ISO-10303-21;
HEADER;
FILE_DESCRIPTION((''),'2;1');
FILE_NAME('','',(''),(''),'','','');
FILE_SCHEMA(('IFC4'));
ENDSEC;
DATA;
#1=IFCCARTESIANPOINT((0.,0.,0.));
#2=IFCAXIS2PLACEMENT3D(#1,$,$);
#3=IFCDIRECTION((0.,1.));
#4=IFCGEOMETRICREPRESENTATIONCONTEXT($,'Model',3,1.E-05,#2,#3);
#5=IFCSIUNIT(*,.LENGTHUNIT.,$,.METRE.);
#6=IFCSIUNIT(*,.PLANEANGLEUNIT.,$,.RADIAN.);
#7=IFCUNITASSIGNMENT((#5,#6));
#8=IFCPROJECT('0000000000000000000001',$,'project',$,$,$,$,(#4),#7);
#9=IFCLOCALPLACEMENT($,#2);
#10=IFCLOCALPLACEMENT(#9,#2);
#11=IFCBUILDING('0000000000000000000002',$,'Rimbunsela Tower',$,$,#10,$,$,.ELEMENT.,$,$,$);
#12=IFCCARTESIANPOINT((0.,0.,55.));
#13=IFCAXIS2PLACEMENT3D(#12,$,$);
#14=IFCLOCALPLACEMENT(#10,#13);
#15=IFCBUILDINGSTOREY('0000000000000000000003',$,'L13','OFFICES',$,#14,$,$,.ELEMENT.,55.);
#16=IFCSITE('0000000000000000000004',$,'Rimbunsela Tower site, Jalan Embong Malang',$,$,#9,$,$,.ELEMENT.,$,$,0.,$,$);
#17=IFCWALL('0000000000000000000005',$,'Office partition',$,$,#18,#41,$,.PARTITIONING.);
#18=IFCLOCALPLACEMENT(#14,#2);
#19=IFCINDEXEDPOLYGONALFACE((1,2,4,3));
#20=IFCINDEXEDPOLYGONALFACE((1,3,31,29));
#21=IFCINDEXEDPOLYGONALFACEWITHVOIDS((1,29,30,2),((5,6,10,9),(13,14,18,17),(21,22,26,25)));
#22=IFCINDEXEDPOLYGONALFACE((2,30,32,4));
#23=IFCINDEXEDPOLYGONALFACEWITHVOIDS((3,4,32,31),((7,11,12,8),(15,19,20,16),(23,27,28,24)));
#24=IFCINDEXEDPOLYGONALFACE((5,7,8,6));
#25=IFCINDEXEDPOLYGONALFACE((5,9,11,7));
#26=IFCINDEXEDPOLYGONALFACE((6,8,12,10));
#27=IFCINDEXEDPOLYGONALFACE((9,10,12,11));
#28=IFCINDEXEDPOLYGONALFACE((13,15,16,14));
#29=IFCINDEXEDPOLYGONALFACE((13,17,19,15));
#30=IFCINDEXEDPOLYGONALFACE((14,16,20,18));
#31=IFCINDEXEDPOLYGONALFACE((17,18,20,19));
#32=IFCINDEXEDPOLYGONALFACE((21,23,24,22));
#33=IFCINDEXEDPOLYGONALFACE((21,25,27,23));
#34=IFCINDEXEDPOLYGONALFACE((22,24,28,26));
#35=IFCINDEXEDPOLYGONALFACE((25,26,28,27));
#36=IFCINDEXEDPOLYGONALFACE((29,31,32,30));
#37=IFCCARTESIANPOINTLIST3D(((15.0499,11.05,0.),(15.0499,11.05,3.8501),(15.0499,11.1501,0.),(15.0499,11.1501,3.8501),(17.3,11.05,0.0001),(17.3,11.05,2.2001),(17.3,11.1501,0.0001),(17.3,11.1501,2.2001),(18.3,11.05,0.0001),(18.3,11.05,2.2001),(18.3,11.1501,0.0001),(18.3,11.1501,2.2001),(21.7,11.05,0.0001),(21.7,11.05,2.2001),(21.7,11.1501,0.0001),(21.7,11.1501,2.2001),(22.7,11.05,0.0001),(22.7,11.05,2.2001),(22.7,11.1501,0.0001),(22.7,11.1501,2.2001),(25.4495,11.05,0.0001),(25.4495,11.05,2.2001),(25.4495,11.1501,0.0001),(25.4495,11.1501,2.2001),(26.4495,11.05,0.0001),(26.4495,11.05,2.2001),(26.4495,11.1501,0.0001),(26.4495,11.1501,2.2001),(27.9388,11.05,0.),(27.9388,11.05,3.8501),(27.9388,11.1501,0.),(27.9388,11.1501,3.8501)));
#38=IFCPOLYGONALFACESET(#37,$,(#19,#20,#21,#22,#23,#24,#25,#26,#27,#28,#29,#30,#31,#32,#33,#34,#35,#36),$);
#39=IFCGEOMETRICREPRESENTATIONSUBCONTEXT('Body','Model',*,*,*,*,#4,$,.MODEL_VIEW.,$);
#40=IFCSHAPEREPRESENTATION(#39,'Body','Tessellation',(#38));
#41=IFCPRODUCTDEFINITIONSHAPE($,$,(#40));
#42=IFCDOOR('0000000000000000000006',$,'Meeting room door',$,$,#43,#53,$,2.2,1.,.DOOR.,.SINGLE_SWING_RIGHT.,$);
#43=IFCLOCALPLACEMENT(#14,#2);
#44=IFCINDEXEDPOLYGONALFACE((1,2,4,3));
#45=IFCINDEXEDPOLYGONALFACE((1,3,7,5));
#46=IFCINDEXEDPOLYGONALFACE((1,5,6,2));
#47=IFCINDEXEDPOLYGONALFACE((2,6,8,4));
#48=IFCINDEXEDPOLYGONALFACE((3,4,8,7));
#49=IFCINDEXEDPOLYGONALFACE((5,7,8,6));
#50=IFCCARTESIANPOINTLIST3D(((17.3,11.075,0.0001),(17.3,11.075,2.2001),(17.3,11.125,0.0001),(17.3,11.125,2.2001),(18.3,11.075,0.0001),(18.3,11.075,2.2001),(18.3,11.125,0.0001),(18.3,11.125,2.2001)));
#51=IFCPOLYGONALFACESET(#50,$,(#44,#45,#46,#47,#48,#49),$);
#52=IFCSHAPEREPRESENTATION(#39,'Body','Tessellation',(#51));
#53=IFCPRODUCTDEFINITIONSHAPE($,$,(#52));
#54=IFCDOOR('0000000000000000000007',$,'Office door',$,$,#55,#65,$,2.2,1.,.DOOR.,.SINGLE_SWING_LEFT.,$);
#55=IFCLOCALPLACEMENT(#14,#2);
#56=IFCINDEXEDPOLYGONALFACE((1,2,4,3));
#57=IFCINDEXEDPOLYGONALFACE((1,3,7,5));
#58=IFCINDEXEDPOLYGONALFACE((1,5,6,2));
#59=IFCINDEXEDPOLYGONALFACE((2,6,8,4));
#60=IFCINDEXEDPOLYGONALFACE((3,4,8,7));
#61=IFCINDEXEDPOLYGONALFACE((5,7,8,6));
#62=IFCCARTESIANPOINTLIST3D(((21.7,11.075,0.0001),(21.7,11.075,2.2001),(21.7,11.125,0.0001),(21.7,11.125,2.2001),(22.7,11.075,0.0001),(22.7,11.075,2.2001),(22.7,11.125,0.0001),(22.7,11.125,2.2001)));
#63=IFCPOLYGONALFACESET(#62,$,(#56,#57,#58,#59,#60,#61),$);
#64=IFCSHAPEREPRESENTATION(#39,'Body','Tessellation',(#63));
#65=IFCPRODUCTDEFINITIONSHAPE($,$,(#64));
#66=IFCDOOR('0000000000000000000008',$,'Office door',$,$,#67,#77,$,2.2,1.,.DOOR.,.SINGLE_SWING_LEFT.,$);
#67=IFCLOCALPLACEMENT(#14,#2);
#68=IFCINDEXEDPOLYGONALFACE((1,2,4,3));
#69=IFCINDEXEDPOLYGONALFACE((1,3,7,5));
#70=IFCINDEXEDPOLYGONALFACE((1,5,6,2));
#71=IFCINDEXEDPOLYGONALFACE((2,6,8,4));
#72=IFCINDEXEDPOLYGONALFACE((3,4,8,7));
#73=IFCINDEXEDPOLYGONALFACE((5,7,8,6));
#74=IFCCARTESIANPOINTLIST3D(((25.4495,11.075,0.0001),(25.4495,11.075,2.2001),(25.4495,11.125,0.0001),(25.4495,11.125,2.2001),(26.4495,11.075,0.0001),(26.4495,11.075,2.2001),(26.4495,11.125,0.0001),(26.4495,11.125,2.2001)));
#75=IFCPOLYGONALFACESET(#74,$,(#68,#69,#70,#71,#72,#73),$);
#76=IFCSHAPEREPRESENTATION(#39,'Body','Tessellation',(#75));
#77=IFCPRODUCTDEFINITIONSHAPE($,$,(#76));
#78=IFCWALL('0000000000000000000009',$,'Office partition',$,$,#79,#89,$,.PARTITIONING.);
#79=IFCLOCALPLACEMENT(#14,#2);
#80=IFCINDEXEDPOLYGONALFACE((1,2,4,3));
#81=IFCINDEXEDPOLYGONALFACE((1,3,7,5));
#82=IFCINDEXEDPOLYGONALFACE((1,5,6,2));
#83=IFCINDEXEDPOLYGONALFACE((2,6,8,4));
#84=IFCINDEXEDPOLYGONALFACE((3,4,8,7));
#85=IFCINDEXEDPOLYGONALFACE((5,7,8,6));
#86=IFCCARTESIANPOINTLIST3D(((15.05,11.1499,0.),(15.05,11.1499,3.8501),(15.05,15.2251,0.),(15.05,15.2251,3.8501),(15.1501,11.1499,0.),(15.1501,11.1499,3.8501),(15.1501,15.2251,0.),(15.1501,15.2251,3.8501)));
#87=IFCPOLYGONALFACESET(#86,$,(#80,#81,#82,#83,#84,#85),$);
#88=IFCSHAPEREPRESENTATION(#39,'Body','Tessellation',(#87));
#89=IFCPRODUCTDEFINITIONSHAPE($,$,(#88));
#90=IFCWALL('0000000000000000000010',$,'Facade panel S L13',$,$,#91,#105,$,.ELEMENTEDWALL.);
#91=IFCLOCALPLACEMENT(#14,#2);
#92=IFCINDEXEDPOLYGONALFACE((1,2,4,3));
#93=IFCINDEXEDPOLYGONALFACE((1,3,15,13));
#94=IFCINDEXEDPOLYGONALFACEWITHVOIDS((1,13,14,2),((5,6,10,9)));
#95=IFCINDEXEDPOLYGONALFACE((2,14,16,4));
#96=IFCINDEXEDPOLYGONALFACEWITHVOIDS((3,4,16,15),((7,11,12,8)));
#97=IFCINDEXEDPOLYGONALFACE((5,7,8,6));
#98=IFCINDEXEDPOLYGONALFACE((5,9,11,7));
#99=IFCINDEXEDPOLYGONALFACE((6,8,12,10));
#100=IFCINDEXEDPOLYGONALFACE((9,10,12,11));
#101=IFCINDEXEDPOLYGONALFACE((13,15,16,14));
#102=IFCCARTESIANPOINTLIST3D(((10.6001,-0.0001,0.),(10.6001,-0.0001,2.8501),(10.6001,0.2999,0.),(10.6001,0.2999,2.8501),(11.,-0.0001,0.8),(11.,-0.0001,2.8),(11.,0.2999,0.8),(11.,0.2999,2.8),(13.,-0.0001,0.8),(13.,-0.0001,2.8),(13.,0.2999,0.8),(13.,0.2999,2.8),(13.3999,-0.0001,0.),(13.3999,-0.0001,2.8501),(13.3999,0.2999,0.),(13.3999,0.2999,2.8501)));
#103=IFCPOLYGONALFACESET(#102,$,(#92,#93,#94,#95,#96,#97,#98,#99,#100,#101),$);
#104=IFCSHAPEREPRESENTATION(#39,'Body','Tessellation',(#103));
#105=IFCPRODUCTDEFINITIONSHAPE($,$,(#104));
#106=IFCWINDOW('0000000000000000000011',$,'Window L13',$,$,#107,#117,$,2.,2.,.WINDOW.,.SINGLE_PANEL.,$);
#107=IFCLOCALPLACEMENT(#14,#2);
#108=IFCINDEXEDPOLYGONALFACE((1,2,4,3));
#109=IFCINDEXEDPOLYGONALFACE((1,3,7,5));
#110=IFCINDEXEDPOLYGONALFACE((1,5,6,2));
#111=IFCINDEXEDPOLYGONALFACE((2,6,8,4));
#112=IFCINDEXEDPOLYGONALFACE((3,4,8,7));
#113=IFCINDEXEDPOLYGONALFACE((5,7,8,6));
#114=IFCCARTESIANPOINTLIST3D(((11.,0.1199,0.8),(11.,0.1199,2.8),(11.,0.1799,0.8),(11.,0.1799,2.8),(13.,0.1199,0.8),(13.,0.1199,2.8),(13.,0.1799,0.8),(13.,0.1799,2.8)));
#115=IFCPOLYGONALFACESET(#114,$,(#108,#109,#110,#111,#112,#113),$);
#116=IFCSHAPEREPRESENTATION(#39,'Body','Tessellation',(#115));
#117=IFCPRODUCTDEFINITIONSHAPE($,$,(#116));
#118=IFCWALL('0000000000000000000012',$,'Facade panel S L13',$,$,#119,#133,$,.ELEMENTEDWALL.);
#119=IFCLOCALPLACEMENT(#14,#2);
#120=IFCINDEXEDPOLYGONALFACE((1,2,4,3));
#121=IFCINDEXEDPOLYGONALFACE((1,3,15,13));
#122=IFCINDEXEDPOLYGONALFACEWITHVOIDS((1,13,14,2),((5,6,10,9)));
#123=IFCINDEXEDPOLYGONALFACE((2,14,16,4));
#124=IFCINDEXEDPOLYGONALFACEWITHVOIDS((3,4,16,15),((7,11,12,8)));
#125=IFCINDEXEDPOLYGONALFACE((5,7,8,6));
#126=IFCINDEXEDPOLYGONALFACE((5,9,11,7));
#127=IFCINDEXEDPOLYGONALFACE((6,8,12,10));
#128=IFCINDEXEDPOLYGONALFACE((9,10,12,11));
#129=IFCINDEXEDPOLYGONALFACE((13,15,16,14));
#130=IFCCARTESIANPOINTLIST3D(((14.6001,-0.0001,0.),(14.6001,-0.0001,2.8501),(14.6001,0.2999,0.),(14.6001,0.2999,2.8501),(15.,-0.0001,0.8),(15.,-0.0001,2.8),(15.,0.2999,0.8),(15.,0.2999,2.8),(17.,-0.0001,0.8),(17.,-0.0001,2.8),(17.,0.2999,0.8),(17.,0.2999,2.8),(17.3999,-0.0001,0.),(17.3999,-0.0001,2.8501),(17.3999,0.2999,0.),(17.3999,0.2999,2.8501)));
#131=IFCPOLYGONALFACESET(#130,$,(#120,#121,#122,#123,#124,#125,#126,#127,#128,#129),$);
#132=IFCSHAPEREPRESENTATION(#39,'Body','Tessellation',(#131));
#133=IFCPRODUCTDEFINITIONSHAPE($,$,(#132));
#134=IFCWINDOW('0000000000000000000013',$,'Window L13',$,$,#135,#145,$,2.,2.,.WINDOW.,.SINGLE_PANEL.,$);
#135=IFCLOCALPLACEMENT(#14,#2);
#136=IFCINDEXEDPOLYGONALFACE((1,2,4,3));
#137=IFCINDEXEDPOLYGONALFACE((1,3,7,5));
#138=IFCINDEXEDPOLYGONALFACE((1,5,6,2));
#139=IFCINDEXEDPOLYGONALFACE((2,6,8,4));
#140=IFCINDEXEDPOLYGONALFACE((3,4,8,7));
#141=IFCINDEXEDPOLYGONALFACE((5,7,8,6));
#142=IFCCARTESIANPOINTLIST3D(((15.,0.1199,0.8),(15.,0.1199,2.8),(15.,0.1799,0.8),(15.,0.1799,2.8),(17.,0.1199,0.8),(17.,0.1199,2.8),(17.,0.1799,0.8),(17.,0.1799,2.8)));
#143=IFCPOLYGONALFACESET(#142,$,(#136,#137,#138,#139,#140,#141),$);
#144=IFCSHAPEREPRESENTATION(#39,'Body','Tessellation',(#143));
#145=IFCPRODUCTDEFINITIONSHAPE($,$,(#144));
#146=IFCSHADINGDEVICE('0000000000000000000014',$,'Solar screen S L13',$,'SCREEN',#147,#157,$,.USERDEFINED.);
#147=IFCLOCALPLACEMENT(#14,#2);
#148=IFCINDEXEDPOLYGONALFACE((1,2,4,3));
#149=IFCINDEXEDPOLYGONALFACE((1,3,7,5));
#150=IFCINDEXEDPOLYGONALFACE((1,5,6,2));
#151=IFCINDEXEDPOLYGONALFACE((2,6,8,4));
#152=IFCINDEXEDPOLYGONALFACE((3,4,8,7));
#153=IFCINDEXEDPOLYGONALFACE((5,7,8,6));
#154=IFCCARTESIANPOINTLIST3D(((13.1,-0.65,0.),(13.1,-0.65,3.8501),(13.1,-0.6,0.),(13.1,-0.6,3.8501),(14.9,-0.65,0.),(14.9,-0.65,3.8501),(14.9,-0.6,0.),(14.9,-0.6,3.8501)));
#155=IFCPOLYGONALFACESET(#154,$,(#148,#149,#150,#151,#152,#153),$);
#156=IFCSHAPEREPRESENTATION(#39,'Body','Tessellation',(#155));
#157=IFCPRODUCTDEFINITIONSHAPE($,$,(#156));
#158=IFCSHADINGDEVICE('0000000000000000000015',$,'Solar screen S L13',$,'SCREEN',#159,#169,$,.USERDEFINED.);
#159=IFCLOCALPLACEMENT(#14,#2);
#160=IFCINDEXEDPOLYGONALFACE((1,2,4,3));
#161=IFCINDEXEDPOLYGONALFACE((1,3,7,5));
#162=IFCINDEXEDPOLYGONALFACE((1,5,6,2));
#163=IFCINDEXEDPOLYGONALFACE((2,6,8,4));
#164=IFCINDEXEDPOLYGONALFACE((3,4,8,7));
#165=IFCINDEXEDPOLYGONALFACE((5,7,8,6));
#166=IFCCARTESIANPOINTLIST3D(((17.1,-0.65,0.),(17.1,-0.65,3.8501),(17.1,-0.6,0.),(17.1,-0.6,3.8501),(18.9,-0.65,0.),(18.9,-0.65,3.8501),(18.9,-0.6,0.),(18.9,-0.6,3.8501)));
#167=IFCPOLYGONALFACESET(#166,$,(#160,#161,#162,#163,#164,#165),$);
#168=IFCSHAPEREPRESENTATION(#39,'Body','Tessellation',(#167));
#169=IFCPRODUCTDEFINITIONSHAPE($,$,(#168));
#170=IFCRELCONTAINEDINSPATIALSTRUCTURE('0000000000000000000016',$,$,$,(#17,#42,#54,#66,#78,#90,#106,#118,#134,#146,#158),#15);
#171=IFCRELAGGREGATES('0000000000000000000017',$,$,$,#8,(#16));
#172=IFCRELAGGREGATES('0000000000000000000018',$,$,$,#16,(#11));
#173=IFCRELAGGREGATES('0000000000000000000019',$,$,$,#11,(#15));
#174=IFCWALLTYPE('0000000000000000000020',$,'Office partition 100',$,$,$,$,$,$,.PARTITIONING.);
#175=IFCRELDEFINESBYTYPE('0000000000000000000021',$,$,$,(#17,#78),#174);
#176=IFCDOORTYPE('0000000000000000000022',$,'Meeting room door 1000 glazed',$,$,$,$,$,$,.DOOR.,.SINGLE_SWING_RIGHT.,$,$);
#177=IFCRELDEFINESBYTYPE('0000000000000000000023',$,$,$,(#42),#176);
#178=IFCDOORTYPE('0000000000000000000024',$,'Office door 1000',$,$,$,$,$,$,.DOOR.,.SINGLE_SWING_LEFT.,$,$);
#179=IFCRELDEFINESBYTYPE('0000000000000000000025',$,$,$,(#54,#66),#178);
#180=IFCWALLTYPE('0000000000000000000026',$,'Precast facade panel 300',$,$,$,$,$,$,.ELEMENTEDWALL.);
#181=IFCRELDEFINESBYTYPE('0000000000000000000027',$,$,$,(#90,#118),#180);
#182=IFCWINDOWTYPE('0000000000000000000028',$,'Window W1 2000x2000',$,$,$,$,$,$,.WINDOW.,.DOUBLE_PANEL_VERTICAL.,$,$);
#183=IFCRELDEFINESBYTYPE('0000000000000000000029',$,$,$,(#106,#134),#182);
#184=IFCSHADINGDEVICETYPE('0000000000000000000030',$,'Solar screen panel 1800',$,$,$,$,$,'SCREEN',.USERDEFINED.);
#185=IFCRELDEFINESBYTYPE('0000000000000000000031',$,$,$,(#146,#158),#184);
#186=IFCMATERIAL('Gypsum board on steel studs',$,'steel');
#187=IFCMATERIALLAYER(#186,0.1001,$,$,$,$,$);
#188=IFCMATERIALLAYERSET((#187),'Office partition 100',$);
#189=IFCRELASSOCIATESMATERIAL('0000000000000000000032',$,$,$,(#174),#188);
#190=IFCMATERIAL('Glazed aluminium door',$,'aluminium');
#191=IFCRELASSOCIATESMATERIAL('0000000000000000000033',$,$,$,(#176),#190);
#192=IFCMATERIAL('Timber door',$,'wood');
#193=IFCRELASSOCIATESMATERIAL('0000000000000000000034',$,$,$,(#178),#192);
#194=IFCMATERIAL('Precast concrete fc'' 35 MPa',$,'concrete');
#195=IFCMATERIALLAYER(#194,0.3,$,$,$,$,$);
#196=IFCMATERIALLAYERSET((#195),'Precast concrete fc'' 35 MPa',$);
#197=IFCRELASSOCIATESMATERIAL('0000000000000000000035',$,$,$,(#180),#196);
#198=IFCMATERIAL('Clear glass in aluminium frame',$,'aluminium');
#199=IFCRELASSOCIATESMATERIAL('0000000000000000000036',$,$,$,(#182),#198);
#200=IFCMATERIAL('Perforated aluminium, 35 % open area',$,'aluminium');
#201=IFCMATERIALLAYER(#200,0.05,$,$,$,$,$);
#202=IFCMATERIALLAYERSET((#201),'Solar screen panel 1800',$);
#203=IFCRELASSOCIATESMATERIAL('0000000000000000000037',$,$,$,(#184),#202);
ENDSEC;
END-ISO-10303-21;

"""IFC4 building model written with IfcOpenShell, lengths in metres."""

from ifc_helpers import new_model, si_unit, direction, frame, frame_2d, origin, origin_2d, place, context, subcontext, project, spatial, rectangle, extrude, material, layer, layer_set, type_object, element, fill, save


model = new_model("IFC4")

# Units and contexts
model_context = context("Model", 3, precision=1e-05, world=origin(), true_north=direction((0.0, 1.0)))
body_context = subcontext(model_context, "Body", "Model", "MODEL_VIEW")
ifc_project = project(units=[si_unit("LENGTHUNIT", "METRE"), si_unit("PLANEANGLEUNIT", "RADIAN")], contexts=[model_context])

# Site, building, storey
site_placement = place(None, origin())
site = spatial("IfcSite", under=ifc_project, at=site_placement, Name="Rimbunsela Tower site, Jalan Embong Malang", CompositionType="ELEMENT", RefElevation=0.0)
building_placement = place(site_placement, origin())
building = spatial("IfcBuilding", under=site, at=building_placement, Name="Rimbunsela Tower", CompositionType="ELEMENT")
storey_placement = place(building_placement, frame((0.0, 0.0, 55.0)))
storey = spatial("IfcBuildingStorey", under=building, at=storey_placement, Name="L13", Description="OFFICES", CompositionType="ELEMENT", Elevation=55.0)

# Wall, openings, doors
ifc_material_1 = material(Name="Gypsum board on steel studs", Category="steel")
ifc_layer_1 = layer(ifc_material_1, 0.1001)
ifc_layer_set_1 = layer_set([ifc_layer_1], Name="Office partition 100")
wall_type_1 = type_object("IfcWallType", Name="Office partition 100", PredefinedType="PARTITIONING", material=ifc_layer_set_1)
wall_1_placement = place(storey_placement, frame((15.05, 11.1001, 0.0), z_axis=(0.0, 0.0, 1.0), x_axis=(1.0, 0.0, 0.0)))
wall_1 = element("IfcWall", 1, at=wall_1_placement, inside=storey, type_object=wall_type_1, Name="Office partition", PredefinedType="PARTITIONING", context=body_context, shape_type="SweptSolid", body=[
    extrude(rectangle(XDim=12.8889, YDim=0.1001, at=frame_2d((6.4443, 0.0))), origin(), (0.0, 0.0, 1.0), 3.8501),
])
opening_1_placement = place(wall_1_placement, frame((2.25, 0.0, 0.0)))
opening_1 = element("IfcOpeningElement", 2, at=opening_1_placement, cuts=wall_1, PredefinedType="OPENING", context=body_context, shape_type="SweptSolid", body=[
    extrude(rectangle(XDim=1.0, YDim=2.2, at=frame_2d((0.5, 1.1001))), frame((0.0, 0.0601, 0.0), z_axis=(0.0, -1.0, 0.0), x_axis=(1.0, 0.0, 0.0)), (0.0, 0.0, 1.0), 0.1201),
])
opening_2_placement = place(wall_1_placement, frame((6.6499, 0.0, 0.0)))
opening_2 = element("IfcOpeningElement", 3, at=opening_2_placement, cuts=wall_1, PredefinedType="OPENING", context=body_context, shape_type="SweptSolid", body=[
    extrude(rectangle(XDim=1.0, YDim=2.2, at=frame_2d((0.5, 1.1001))), frame((0.0, 0.0601, 0.0), z_axis=(0.0, -1.0, 0.0), x_axis=(1.0, 0.0, 0.0)), (0.0, 0.0, 1.0), 0.1201),
])
opening_3_placement = place(wall_1_placement, frame((10.3994, 0.0, 0.0)))
opening_3 = element("IfcOpeningElement", 4, at=opening_3_placement, cuts=wall_1, PredefinedType="OPENING", context=body_context, shape_type="SweptSolid", body=[
    extrude(rectangle(XDim=1.0, YDim=2.2, at=frame_2d((0.5, 1.1001))), frame((0.0, 0.0601, 0.0), z_axis=(0.0, -1.0, 0.0), x_axis=(1.0, 0.0, 0.0)), (0.0, 0.0, 1.0), 0.1201),
])
ifc_material_2 = material(Name="Glazed aluminium door", Category="aluminium")
door_type_1 = type_object("IfcDoorType", Name="Meeting room door 1000 glazed", OperationType="SINGLE_SWING_RIGHT", PredefinedType="DOOR", material=ifc_material_2)
door_1_placement = place(opening_1_placement, origin())
door_1 = element("IfcDoor", 5, at=door_1_placement, inside=storey, type_object=door_type_1, Name="Meeting room door", OperationType="SINGLE_SWING_RIGHT", OverallHeight=2.2, OverallWidth=1.0, PredefinedType="DOOR", context=body_context, shape_type="SweptSolid", body=[
    extrude(rectangle(XDim=1.0, YDim=2.2, at=frame_2d((0.5, 1.1001))), frame((0.0, 0.0249, 0.0), z_axis=(0.0, -1.0, 0.0), x_axis=(1.0, 0.0, 0.0)), (0.0, 0.0, 1.0), 0.05),
])
fill(opening_1, door_1)
ifc_material_3 = material(Name="Timber door", Category="wood")
door_type_2 = type_object("IfcDoorType", Name="Office door 1000", OperationType="SINGLE_SWING_LEFT", PredefinedType="DOOR", material=ifc_material_3)
door_2_placement = place(opening_2_placement, origin())
door_2 = element("IfcDoor", 6, at=door_2_placement, inside=storey, type_object=door_type_2, Name="Office door", OperationType="SINGLE_SWING_LEFT", OverallHeight=2.2, OverallWidth=1.0, PredefinedType="DOOR", context=body_context, shape_type="SweptSolid", body=[
    extrude(rectangle(XDim=1.0, YDim=2.2, at=frame_2d((0.5, 1.1001))), frame((0.0, 0.0249, 0.0), z_axis=(0.0, -1.0, 0.0), x_axis=(1.0, 0.0, 0.0)), (0.0, 0.0, 1.0), 0.05),
])
fill(opening_2, door_2)
door_3_placement = place(opening_3_placement, origin())
door_3 = element("IfcDoor", 7, at=door_3_placement, inside=storey, type_object=door_type_2, Name="Office door", OperationType="SINGLE_SWING_LEFT", OverallHeight=2.2, OverallWidth=1.0, PredefinedType="DOOR", context=body_context, shape_type="SweptSolid", body=[
    extrude(rectangle(XDim=1.0, YDim=2.2, at=frame_2d((0.5, 1.1001))), frame((0.0, 0.0249, 0.0), z_axis=(0.0, -1.0, 0.0), x_axis=(1.0, 0.0, 0.0)), (0.0, 0.0, 1.0), 0.05),
])
fill(opening_3, door_3)

# Wall
wall_2_placement = place(storey_placement, frame((15.1001, 11.1499, 0.0), z_axis=(0.0, 0.0, 1.0), x_axis=(0.0, 1.0, 0.0)))
element("IfcWall", 8, at=wall_2_placement, inside=storey, type_object=wall_type_1, Name="Office partition", PredefinedType="PARTITIONING", context=body_context, shape_type="SweptSolid", body=[
    extrude(rectangle(XDim=4.0752, YDim=0.1001, at=frame_2d((2.0376, 0.0))), origin(), (0.0, 0.0, 1.0), 3.8501),
])

# Walls, openings, windows
ifc_material_4 = material(Name="Precast concrete fc' 35 MPa", Category="concrete")
ifc_layer_2 = layer(ifc_material_4, 0.3)
ifc_layer_set_2 = layer_set([ifc_layer_2], Name="Precast concrete fc' 35 MPa")
wall_type_2 = type_object("IfcWallType", Name="Precast facade panel 300", PredefinedType="ELEMENTEDWALL", material=ifc_layer_set_2)
wall_3_placement = place(storey_placement, frame((10.6001, 0.1499, 0.0), z_axis=(0.0, 0.0, 1.0), x_axis=(1.0, 0.0, 0.0)))
wall_3 = element("IfcWall", 9, at=wall_3_placement, inside=storey, type_object=wall_type_2, Name="Facade panel S L13", PredefinedType="ELEMENTEDWALL", context=body_context, shape_type="SweptSolid", body=[
    extrude(rectangle(XDim=2.7998, YDim=0.3, at=frame_2d((1.3999, 0.0))), origin(), (0.0, 0.0, 1.0), 2.8501),
])
opening_4_placement = place(wall_3_placement, frame((0.3999, 0.0, 0.8)))
opening_4 = element("IfcOpeningElement", 10, at=opening_4_placement, cuts=wall_3, PredefinedType="OPENING", context=body_context, shape_type="SweptSolid", body=[
    extrude(rectangle(XDim=2.0, YDim=2.0, at=frame_2d((1.0, 1.0))), frame((0.0, 0.1599, 0.0), z_axis=(0.0, -1.0, 0.0), x_axis=(1.0, 0.0, 0.0)), (0.0, 0.0, 1.0), 0.3201),
])
ifc_material_5 = material(Name="Clear glass in aluminium frame", Category="aluminium")
window_type = type_object("IfcWindowType", Name="Window W1 2000x2000", PartitioningType="DOUBLE_PANEL_VERTICAL", PredefinedType="WINDOW", material=ifc_material_5)
window_1_placement = place(opening_4_placement, origin())
window_1 = element("IfcWindow", 11, at=window_1_placement, inside=storey, type_object=window_type, Name="Window L13", OverallHeight=2.0, OverallWidth=2.0, PartitioningType="SINGLE_PANEL", PredefinedType="WINDOW", context=body_context, shape_type="SweptSolid", body=[
    extrude(rectangle(XDim=2.0, YDim=2.0, at=frame_2d((1.0, 1.0))), frame((0.0, 0.03, 0.0), z_axis=(0.0, -1.0, 0.0), x_axis=(1.0, 0.0, 0.0)), (0.0, 0.0, 1.0), 0.0601),
])
fill(opening_4, window_1)
wall_4_placement = place(storey_placement, frame((14.6001, 0.1499, 0.0), z_axis=(0.0, 0.0, 1.0), x_axis=(1.0, 0.0, 0.0)))
wall_4 = element("IfcWall", 12, at=wall_4_placement, inside=storey, type_object=wall_type_2, Name="Facade panel S L13", PredefinedType="ELEMENTEDWALL", context=body_context, shape_type="SweptSolid", body=[
    extrude(rectangle(XDim=2.7998, YDim=0.3, at=frame_2d((1.3999, 0.0))), origin(), (0.0, 0.0, 1.0), 2.8501),
])
opening_5_placement = place(wall_4_placement, frame((0.3999, 0.0, 0.8)))
opening_5 = element("IfcOpeningElement", 13, at=opening_5_placement, cuts=wall_4, PredefinedType="OPENING", context=body_context, shape_type="SweptSolid", body=[
    extrude(rectangle(XDim=2.0, YDim=2.0, at=frame_2d((1.0, 1.0))), frame((0.0, 0.1599, 0.0), z_axis=(0.0, -1.0, 0.0), x_axis=(1.0, 0.0, 0.0)), (0.0, 0.0, 1.0), 0.3201),
])
window_2_placement = place(opening_5_placement, origin())
window_2 = element("IfcWindow", 14, at=window_2_placement, inside=storey, type_object=window_type, Name="Window L13", OverallHeight=2.0, OverallWidth=2.0, PartitioningType="SINGLE_PANEL", PredefinedType="WINDOW", context=body_context, shape_type="SweptSolid", body=[
    extrude(rectangle(XDim=2.0, YDim=2.0, at=frame_2d((1.0, 1.0))), frame((0.0, 0.03, 0.0), z_axis=(0.0, -1.0, 0.0), x_axis=(1.0, 0.0, 0.0)), (0.0, 0.0, 1.0), 0.0601),
])
fill(opening_5, window_2)

# Shading devices
ifc_material_6 = material(Name="Perforated aluminium, 35 % open area", Category="aluminium")
ifc_layer_3 = layer(ifc_material_6, 0.05)
ifc_layer_set_3 = layer_set([ifc_layer_3], Name="Solar screen panel 1800")
shading_device_type = type_object("IfcShadingDeviceType", Name="Solar screen panel 1800", ElementType="SCREEN", PredefinedType="USERDEFINED", material=ifc_layer_set_3)
for number, where, z_axis, x_axis, name in (
    (15, (14.0, -0.625, 0.0), (0.0, 0.0, 1.0), (1.0, 0.0, 0.0), "Solar screen S L13"),
    (16, (18.0, -0.625, 0.0), (0.0, 0.0, 1.0), (1.0, 0.0, 0.0), "Solar screen S L13"),
):
    element("IfcShadingDevice", number, at=place(storey_placement, frame(where, z_axis=z_axis, x_axis=x_axis)), inside=storey, type_object=shading_device_type, Name=name, ObjectType="SCREEN", PredefinedType="USERDEFINED", context=body_context, shape_type="SweptSolid", body=[
        extrude(rectangle(XDim=1.8, YDim=0.05, at=origin_2d()), origin(), (0.0, 0.0, 1.0), 3.8501),
    ])

save(model, "model.ifc")
